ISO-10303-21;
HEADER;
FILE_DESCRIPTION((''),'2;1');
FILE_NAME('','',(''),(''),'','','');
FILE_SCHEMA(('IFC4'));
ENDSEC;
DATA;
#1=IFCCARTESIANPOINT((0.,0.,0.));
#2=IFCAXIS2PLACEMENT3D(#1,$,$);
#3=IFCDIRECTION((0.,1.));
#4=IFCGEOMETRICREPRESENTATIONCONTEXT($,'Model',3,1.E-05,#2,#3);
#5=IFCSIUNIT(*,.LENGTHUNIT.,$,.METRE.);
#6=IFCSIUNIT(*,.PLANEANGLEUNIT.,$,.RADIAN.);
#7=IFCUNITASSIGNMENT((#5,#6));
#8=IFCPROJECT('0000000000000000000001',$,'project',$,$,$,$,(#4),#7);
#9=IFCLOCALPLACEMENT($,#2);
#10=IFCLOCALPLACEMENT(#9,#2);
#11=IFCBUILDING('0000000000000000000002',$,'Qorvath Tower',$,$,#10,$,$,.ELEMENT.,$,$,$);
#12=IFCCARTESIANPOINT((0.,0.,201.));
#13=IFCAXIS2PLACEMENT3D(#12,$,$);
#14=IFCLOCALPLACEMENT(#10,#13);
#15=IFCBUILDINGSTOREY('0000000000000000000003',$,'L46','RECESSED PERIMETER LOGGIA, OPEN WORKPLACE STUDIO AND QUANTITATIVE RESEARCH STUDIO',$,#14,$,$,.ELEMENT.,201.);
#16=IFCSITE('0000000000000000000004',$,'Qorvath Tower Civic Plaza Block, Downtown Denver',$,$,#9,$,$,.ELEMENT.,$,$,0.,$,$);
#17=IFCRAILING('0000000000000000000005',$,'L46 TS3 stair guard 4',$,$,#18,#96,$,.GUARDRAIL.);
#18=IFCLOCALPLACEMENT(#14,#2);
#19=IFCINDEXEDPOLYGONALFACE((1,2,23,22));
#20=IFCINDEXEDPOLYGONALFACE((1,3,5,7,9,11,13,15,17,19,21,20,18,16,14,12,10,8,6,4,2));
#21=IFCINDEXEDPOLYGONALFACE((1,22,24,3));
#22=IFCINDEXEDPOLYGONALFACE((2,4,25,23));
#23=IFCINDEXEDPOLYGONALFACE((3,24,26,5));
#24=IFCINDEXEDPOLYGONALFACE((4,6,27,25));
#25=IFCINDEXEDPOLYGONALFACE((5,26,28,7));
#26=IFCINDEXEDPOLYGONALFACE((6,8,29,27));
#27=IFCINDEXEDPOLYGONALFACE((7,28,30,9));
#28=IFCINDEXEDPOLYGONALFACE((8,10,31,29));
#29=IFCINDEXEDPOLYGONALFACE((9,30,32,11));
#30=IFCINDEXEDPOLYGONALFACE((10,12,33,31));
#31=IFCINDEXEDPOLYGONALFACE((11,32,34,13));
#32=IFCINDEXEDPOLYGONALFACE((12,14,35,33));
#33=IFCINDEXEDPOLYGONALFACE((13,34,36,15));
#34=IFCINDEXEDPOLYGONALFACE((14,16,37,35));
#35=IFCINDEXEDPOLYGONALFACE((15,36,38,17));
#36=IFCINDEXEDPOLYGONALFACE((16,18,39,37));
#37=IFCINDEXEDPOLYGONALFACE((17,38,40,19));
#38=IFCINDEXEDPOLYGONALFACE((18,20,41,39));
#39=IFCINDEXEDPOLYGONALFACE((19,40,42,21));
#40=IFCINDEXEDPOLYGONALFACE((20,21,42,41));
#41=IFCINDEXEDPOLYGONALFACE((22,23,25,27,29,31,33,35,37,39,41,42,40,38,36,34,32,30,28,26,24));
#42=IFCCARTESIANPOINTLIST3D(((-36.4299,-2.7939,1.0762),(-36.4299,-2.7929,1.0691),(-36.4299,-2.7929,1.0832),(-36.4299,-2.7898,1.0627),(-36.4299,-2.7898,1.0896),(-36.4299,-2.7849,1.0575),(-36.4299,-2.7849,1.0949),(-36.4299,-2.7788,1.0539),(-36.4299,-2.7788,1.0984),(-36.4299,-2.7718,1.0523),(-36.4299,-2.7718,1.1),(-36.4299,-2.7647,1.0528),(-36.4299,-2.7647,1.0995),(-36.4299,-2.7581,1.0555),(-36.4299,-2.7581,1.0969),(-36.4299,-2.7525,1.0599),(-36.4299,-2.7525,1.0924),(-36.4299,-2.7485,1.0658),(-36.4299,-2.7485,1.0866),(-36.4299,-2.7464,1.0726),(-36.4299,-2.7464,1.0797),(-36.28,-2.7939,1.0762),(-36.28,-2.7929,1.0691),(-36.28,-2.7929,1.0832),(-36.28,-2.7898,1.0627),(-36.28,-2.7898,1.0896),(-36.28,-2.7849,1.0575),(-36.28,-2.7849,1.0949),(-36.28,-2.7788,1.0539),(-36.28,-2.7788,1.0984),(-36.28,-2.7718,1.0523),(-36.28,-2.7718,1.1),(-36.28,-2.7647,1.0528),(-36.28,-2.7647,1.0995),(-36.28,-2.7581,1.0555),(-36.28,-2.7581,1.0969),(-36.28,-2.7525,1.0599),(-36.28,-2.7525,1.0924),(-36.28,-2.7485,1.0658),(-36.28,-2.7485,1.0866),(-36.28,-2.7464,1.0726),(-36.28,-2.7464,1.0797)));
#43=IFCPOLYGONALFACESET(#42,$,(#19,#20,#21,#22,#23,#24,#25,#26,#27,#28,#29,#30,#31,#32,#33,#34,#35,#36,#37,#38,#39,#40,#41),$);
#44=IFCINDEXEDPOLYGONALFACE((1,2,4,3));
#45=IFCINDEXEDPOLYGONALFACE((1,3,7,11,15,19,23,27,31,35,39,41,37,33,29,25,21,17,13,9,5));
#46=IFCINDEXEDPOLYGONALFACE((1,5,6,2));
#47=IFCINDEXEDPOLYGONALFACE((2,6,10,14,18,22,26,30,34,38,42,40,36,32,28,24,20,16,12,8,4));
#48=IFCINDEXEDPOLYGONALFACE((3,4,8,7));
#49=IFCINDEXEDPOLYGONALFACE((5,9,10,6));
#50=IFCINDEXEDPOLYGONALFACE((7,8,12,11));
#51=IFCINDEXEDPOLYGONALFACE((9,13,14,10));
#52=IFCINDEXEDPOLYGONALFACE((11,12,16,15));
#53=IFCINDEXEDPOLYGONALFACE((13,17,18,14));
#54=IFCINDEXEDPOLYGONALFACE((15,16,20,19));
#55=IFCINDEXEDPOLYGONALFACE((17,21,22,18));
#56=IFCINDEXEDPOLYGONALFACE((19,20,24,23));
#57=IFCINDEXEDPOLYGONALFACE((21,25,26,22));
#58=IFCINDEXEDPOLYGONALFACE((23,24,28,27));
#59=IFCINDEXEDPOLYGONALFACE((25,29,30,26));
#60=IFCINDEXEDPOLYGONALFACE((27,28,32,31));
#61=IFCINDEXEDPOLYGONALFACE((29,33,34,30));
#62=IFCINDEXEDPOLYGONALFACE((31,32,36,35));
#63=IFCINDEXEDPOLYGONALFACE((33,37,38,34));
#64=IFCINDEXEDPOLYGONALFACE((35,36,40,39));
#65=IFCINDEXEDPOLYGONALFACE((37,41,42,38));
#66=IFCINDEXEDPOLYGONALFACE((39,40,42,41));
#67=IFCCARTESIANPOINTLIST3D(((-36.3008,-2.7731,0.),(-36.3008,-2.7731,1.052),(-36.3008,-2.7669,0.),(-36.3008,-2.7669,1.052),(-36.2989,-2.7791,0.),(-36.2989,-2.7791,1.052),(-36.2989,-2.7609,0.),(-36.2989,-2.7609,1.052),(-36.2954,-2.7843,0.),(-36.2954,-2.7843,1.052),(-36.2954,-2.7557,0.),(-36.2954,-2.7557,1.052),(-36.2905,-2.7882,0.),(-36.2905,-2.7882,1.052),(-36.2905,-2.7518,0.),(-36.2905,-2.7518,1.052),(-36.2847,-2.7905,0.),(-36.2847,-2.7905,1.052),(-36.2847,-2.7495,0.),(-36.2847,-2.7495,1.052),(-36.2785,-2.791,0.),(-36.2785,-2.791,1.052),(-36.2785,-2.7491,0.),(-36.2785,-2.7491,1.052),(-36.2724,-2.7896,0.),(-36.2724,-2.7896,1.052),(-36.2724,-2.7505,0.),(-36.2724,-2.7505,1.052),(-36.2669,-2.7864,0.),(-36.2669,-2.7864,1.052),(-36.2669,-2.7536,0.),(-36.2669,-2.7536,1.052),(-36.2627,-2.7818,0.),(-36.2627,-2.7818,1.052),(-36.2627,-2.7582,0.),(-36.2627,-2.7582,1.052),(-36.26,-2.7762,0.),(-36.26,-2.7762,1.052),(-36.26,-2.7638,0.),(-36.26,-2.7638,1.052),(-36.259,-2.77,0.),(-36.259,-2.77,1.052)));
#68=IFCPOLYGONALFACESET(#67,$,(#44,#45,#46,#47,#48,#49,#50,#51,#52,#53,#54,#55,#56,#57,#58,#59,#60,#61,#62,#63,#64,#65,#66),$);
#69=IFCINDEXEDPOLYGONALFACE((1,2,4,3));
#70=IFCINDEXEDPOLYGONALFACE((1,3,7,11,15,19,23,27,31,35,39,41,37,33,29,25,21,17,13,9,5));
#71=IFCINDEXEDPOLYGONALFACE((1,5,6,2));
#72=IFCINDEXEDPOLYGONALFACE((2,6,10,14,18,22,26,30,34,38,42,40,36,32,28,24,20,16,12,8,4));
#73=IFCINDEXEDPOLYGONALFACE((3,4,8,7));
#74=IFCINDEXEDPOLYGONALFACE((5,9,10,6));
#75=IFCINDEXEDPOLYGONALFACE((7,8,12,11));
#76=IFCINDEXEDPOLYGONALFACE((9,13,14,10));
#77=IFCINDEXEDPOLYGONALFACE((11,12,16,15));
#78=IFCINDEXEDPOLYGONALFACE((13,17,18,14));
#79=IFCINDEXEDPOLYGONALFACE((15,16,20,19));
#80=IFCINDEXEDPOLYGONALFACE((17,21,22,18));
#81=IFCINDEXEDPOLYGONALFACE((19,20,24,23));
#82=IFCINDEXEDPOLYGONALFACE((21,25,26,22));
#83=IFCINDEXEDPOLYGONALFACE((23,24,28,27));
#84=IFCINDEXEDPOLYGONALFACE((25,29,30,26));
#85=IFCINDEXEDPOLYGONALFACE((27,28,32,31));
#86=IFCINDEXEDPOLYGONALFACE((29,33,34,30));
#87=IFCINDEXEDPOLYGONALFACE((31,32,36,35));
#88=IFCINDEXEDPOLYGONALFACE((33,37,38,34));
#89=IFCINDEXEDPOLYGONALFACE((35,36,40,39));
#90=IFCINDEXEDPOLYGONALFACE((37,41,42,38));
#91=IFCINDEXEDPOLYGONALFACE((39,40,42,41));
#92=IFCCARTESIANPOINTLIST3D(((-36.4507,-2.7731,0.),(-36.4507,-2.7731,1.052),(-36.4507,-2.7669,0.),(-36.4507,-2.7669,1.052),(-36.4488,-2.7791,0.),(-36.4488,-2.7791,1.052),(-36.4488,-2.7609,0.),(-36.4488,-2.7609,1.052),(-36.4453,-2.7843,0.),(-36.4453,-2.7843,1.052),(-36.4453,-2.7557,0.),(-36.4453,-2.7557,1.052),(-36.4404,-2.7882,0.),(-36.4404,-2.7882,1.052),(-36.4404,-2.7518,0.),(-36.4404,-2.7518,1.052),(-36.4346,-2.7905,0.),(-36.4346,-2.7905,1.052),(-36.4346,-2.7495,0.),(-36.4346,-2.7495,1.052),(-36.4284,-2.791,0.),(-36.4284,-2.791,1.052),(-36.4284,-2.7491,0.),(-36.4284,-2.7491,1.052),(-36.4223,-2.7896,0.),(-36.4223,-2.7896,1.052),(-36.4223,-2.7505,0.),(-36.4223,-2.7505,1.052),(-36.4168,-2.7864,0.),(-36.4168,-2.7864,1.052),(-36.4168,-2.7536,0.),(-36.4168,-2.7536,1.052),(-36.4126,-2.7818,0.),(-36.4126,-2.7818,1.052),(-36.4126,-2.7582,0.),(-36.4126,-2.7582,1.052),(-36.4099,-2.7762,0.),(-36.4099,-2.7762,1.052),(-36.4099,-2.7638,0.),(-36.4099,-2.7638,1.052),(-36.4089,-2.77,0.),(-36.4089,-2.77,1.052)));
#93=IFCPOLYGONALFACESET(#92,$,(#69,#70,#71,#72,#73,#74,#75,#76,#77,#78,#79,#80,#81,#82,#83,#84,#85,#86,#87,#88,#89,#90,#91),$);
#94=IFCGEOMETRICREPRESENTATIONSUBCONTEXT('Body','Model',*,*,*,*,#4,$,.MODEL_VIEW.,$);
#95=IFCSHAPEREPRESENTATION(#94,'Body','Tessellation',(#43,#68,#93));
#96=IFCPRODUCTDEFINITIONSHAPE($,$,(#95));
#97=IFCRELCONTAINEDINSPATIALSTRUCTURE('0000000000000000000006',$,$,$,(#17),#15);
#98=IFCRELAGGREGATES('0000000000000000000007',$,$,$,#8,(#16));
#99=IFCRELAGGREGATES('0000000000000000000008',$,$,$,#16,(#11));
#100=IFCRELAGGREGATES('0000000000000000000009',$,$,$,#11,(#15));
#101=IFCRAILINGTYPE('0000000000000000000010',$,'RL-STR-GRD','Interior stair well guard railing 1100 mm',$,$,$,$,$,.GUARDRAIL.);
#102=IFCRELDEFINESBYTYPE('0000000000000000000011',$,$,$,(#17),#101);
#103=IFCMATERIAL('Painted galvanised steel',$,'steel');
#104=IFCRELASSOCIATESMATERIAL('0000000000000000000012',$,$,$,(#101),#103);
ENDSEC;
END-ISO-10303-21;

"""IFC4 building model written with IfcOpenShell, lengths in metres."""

from ifc_helpers import new_model, si_unit, direction, frame, origin, origin_2d, place, context, subcontext, project, spatial, circle, extrude, material, type_object, element, save


model = new_model("IFC4")

# Units and contexts
model_context = context("Model", 3, precision=1e-05, world=origin(), true_north=direction((0.0, 1.0)))
body_context = subcontext(model_context, "Body", "Model", "MODEL_VIEW")
ifc_project = project(units=[si_unit("LENGTHUNIT", "METRE"), si_unit("PLANEANGLEUNIT", "RADIAN")], contexts=[model_context])

# Site, building, storey
site_placement = place(None, origin())
site = spatial("IfcSite", under=ifc_project, at=site_placement, Name="Qorvath Tower Civic Plaza Block, Downtown Denver", CompositionType="ELEMENT", RefElevation=0.0)
building_placement = place(site_placement, origin())
building = spatial("IfcBuilding", under=site, at=building_placement, Name="Qorvath Tower", CompositionType="ELEMENT")
storey_placement = place(building_placement, frame((0.0, 0.0, 201.0)))
storey = spatial("IfcBuildingStorey", under=building, at=storey_placement, Name="L46", Description="RECESSED PERIMETER LOGGIA, OPEN WORKPLACE STUDIO AND QUANTITATIVE RESEARCH STUDIO", CompositionType="ELEMENT", Elevation=201.0)

# Railing
ifc_material_1 = material(Name="Painted galvanised steel", Category="steel")
railing_type_1 = type_object("IfcRailingType", Name="RL-STR-GRD", Description="Interior stair well guard railing 1100 mm", PredefinedType="GUARDRAIL", material=ifc_material_1)
railing_1_placement = place(storey_placement, frame((-36.28, -2.77, 0.0)))
element("IfcRailing", 1, at=railing_1_placement, inside=storey, type_object=railing_type_1, Name="L46 TS3 stair guard 4", PredefinedType="GUARDRAIL", context=body_context, shape_type="SweptSolid", body=[
    extrude(circle(Radius=0.0239, at=origin_2d()), frame((0.0, 0.0, 1.0762), z_axis=(-1.0, 0.0, 0.0), x_axis=(0.0, -1.0, 0.0)), (0.0, 0.0, 1.0), 0.1499),
    extrude(circle(Radius=0.021, at=origin_2d()), origin(), (0.0, 0.0, 1.0), 1.052),
    extrude(circle(Radius=0.021, at=origin_2d()), frame((-0.1499, 0.0, 0.0)), (0.0, 0.0, 1.0), 1.052),
])

save(model, "model.ifc")
